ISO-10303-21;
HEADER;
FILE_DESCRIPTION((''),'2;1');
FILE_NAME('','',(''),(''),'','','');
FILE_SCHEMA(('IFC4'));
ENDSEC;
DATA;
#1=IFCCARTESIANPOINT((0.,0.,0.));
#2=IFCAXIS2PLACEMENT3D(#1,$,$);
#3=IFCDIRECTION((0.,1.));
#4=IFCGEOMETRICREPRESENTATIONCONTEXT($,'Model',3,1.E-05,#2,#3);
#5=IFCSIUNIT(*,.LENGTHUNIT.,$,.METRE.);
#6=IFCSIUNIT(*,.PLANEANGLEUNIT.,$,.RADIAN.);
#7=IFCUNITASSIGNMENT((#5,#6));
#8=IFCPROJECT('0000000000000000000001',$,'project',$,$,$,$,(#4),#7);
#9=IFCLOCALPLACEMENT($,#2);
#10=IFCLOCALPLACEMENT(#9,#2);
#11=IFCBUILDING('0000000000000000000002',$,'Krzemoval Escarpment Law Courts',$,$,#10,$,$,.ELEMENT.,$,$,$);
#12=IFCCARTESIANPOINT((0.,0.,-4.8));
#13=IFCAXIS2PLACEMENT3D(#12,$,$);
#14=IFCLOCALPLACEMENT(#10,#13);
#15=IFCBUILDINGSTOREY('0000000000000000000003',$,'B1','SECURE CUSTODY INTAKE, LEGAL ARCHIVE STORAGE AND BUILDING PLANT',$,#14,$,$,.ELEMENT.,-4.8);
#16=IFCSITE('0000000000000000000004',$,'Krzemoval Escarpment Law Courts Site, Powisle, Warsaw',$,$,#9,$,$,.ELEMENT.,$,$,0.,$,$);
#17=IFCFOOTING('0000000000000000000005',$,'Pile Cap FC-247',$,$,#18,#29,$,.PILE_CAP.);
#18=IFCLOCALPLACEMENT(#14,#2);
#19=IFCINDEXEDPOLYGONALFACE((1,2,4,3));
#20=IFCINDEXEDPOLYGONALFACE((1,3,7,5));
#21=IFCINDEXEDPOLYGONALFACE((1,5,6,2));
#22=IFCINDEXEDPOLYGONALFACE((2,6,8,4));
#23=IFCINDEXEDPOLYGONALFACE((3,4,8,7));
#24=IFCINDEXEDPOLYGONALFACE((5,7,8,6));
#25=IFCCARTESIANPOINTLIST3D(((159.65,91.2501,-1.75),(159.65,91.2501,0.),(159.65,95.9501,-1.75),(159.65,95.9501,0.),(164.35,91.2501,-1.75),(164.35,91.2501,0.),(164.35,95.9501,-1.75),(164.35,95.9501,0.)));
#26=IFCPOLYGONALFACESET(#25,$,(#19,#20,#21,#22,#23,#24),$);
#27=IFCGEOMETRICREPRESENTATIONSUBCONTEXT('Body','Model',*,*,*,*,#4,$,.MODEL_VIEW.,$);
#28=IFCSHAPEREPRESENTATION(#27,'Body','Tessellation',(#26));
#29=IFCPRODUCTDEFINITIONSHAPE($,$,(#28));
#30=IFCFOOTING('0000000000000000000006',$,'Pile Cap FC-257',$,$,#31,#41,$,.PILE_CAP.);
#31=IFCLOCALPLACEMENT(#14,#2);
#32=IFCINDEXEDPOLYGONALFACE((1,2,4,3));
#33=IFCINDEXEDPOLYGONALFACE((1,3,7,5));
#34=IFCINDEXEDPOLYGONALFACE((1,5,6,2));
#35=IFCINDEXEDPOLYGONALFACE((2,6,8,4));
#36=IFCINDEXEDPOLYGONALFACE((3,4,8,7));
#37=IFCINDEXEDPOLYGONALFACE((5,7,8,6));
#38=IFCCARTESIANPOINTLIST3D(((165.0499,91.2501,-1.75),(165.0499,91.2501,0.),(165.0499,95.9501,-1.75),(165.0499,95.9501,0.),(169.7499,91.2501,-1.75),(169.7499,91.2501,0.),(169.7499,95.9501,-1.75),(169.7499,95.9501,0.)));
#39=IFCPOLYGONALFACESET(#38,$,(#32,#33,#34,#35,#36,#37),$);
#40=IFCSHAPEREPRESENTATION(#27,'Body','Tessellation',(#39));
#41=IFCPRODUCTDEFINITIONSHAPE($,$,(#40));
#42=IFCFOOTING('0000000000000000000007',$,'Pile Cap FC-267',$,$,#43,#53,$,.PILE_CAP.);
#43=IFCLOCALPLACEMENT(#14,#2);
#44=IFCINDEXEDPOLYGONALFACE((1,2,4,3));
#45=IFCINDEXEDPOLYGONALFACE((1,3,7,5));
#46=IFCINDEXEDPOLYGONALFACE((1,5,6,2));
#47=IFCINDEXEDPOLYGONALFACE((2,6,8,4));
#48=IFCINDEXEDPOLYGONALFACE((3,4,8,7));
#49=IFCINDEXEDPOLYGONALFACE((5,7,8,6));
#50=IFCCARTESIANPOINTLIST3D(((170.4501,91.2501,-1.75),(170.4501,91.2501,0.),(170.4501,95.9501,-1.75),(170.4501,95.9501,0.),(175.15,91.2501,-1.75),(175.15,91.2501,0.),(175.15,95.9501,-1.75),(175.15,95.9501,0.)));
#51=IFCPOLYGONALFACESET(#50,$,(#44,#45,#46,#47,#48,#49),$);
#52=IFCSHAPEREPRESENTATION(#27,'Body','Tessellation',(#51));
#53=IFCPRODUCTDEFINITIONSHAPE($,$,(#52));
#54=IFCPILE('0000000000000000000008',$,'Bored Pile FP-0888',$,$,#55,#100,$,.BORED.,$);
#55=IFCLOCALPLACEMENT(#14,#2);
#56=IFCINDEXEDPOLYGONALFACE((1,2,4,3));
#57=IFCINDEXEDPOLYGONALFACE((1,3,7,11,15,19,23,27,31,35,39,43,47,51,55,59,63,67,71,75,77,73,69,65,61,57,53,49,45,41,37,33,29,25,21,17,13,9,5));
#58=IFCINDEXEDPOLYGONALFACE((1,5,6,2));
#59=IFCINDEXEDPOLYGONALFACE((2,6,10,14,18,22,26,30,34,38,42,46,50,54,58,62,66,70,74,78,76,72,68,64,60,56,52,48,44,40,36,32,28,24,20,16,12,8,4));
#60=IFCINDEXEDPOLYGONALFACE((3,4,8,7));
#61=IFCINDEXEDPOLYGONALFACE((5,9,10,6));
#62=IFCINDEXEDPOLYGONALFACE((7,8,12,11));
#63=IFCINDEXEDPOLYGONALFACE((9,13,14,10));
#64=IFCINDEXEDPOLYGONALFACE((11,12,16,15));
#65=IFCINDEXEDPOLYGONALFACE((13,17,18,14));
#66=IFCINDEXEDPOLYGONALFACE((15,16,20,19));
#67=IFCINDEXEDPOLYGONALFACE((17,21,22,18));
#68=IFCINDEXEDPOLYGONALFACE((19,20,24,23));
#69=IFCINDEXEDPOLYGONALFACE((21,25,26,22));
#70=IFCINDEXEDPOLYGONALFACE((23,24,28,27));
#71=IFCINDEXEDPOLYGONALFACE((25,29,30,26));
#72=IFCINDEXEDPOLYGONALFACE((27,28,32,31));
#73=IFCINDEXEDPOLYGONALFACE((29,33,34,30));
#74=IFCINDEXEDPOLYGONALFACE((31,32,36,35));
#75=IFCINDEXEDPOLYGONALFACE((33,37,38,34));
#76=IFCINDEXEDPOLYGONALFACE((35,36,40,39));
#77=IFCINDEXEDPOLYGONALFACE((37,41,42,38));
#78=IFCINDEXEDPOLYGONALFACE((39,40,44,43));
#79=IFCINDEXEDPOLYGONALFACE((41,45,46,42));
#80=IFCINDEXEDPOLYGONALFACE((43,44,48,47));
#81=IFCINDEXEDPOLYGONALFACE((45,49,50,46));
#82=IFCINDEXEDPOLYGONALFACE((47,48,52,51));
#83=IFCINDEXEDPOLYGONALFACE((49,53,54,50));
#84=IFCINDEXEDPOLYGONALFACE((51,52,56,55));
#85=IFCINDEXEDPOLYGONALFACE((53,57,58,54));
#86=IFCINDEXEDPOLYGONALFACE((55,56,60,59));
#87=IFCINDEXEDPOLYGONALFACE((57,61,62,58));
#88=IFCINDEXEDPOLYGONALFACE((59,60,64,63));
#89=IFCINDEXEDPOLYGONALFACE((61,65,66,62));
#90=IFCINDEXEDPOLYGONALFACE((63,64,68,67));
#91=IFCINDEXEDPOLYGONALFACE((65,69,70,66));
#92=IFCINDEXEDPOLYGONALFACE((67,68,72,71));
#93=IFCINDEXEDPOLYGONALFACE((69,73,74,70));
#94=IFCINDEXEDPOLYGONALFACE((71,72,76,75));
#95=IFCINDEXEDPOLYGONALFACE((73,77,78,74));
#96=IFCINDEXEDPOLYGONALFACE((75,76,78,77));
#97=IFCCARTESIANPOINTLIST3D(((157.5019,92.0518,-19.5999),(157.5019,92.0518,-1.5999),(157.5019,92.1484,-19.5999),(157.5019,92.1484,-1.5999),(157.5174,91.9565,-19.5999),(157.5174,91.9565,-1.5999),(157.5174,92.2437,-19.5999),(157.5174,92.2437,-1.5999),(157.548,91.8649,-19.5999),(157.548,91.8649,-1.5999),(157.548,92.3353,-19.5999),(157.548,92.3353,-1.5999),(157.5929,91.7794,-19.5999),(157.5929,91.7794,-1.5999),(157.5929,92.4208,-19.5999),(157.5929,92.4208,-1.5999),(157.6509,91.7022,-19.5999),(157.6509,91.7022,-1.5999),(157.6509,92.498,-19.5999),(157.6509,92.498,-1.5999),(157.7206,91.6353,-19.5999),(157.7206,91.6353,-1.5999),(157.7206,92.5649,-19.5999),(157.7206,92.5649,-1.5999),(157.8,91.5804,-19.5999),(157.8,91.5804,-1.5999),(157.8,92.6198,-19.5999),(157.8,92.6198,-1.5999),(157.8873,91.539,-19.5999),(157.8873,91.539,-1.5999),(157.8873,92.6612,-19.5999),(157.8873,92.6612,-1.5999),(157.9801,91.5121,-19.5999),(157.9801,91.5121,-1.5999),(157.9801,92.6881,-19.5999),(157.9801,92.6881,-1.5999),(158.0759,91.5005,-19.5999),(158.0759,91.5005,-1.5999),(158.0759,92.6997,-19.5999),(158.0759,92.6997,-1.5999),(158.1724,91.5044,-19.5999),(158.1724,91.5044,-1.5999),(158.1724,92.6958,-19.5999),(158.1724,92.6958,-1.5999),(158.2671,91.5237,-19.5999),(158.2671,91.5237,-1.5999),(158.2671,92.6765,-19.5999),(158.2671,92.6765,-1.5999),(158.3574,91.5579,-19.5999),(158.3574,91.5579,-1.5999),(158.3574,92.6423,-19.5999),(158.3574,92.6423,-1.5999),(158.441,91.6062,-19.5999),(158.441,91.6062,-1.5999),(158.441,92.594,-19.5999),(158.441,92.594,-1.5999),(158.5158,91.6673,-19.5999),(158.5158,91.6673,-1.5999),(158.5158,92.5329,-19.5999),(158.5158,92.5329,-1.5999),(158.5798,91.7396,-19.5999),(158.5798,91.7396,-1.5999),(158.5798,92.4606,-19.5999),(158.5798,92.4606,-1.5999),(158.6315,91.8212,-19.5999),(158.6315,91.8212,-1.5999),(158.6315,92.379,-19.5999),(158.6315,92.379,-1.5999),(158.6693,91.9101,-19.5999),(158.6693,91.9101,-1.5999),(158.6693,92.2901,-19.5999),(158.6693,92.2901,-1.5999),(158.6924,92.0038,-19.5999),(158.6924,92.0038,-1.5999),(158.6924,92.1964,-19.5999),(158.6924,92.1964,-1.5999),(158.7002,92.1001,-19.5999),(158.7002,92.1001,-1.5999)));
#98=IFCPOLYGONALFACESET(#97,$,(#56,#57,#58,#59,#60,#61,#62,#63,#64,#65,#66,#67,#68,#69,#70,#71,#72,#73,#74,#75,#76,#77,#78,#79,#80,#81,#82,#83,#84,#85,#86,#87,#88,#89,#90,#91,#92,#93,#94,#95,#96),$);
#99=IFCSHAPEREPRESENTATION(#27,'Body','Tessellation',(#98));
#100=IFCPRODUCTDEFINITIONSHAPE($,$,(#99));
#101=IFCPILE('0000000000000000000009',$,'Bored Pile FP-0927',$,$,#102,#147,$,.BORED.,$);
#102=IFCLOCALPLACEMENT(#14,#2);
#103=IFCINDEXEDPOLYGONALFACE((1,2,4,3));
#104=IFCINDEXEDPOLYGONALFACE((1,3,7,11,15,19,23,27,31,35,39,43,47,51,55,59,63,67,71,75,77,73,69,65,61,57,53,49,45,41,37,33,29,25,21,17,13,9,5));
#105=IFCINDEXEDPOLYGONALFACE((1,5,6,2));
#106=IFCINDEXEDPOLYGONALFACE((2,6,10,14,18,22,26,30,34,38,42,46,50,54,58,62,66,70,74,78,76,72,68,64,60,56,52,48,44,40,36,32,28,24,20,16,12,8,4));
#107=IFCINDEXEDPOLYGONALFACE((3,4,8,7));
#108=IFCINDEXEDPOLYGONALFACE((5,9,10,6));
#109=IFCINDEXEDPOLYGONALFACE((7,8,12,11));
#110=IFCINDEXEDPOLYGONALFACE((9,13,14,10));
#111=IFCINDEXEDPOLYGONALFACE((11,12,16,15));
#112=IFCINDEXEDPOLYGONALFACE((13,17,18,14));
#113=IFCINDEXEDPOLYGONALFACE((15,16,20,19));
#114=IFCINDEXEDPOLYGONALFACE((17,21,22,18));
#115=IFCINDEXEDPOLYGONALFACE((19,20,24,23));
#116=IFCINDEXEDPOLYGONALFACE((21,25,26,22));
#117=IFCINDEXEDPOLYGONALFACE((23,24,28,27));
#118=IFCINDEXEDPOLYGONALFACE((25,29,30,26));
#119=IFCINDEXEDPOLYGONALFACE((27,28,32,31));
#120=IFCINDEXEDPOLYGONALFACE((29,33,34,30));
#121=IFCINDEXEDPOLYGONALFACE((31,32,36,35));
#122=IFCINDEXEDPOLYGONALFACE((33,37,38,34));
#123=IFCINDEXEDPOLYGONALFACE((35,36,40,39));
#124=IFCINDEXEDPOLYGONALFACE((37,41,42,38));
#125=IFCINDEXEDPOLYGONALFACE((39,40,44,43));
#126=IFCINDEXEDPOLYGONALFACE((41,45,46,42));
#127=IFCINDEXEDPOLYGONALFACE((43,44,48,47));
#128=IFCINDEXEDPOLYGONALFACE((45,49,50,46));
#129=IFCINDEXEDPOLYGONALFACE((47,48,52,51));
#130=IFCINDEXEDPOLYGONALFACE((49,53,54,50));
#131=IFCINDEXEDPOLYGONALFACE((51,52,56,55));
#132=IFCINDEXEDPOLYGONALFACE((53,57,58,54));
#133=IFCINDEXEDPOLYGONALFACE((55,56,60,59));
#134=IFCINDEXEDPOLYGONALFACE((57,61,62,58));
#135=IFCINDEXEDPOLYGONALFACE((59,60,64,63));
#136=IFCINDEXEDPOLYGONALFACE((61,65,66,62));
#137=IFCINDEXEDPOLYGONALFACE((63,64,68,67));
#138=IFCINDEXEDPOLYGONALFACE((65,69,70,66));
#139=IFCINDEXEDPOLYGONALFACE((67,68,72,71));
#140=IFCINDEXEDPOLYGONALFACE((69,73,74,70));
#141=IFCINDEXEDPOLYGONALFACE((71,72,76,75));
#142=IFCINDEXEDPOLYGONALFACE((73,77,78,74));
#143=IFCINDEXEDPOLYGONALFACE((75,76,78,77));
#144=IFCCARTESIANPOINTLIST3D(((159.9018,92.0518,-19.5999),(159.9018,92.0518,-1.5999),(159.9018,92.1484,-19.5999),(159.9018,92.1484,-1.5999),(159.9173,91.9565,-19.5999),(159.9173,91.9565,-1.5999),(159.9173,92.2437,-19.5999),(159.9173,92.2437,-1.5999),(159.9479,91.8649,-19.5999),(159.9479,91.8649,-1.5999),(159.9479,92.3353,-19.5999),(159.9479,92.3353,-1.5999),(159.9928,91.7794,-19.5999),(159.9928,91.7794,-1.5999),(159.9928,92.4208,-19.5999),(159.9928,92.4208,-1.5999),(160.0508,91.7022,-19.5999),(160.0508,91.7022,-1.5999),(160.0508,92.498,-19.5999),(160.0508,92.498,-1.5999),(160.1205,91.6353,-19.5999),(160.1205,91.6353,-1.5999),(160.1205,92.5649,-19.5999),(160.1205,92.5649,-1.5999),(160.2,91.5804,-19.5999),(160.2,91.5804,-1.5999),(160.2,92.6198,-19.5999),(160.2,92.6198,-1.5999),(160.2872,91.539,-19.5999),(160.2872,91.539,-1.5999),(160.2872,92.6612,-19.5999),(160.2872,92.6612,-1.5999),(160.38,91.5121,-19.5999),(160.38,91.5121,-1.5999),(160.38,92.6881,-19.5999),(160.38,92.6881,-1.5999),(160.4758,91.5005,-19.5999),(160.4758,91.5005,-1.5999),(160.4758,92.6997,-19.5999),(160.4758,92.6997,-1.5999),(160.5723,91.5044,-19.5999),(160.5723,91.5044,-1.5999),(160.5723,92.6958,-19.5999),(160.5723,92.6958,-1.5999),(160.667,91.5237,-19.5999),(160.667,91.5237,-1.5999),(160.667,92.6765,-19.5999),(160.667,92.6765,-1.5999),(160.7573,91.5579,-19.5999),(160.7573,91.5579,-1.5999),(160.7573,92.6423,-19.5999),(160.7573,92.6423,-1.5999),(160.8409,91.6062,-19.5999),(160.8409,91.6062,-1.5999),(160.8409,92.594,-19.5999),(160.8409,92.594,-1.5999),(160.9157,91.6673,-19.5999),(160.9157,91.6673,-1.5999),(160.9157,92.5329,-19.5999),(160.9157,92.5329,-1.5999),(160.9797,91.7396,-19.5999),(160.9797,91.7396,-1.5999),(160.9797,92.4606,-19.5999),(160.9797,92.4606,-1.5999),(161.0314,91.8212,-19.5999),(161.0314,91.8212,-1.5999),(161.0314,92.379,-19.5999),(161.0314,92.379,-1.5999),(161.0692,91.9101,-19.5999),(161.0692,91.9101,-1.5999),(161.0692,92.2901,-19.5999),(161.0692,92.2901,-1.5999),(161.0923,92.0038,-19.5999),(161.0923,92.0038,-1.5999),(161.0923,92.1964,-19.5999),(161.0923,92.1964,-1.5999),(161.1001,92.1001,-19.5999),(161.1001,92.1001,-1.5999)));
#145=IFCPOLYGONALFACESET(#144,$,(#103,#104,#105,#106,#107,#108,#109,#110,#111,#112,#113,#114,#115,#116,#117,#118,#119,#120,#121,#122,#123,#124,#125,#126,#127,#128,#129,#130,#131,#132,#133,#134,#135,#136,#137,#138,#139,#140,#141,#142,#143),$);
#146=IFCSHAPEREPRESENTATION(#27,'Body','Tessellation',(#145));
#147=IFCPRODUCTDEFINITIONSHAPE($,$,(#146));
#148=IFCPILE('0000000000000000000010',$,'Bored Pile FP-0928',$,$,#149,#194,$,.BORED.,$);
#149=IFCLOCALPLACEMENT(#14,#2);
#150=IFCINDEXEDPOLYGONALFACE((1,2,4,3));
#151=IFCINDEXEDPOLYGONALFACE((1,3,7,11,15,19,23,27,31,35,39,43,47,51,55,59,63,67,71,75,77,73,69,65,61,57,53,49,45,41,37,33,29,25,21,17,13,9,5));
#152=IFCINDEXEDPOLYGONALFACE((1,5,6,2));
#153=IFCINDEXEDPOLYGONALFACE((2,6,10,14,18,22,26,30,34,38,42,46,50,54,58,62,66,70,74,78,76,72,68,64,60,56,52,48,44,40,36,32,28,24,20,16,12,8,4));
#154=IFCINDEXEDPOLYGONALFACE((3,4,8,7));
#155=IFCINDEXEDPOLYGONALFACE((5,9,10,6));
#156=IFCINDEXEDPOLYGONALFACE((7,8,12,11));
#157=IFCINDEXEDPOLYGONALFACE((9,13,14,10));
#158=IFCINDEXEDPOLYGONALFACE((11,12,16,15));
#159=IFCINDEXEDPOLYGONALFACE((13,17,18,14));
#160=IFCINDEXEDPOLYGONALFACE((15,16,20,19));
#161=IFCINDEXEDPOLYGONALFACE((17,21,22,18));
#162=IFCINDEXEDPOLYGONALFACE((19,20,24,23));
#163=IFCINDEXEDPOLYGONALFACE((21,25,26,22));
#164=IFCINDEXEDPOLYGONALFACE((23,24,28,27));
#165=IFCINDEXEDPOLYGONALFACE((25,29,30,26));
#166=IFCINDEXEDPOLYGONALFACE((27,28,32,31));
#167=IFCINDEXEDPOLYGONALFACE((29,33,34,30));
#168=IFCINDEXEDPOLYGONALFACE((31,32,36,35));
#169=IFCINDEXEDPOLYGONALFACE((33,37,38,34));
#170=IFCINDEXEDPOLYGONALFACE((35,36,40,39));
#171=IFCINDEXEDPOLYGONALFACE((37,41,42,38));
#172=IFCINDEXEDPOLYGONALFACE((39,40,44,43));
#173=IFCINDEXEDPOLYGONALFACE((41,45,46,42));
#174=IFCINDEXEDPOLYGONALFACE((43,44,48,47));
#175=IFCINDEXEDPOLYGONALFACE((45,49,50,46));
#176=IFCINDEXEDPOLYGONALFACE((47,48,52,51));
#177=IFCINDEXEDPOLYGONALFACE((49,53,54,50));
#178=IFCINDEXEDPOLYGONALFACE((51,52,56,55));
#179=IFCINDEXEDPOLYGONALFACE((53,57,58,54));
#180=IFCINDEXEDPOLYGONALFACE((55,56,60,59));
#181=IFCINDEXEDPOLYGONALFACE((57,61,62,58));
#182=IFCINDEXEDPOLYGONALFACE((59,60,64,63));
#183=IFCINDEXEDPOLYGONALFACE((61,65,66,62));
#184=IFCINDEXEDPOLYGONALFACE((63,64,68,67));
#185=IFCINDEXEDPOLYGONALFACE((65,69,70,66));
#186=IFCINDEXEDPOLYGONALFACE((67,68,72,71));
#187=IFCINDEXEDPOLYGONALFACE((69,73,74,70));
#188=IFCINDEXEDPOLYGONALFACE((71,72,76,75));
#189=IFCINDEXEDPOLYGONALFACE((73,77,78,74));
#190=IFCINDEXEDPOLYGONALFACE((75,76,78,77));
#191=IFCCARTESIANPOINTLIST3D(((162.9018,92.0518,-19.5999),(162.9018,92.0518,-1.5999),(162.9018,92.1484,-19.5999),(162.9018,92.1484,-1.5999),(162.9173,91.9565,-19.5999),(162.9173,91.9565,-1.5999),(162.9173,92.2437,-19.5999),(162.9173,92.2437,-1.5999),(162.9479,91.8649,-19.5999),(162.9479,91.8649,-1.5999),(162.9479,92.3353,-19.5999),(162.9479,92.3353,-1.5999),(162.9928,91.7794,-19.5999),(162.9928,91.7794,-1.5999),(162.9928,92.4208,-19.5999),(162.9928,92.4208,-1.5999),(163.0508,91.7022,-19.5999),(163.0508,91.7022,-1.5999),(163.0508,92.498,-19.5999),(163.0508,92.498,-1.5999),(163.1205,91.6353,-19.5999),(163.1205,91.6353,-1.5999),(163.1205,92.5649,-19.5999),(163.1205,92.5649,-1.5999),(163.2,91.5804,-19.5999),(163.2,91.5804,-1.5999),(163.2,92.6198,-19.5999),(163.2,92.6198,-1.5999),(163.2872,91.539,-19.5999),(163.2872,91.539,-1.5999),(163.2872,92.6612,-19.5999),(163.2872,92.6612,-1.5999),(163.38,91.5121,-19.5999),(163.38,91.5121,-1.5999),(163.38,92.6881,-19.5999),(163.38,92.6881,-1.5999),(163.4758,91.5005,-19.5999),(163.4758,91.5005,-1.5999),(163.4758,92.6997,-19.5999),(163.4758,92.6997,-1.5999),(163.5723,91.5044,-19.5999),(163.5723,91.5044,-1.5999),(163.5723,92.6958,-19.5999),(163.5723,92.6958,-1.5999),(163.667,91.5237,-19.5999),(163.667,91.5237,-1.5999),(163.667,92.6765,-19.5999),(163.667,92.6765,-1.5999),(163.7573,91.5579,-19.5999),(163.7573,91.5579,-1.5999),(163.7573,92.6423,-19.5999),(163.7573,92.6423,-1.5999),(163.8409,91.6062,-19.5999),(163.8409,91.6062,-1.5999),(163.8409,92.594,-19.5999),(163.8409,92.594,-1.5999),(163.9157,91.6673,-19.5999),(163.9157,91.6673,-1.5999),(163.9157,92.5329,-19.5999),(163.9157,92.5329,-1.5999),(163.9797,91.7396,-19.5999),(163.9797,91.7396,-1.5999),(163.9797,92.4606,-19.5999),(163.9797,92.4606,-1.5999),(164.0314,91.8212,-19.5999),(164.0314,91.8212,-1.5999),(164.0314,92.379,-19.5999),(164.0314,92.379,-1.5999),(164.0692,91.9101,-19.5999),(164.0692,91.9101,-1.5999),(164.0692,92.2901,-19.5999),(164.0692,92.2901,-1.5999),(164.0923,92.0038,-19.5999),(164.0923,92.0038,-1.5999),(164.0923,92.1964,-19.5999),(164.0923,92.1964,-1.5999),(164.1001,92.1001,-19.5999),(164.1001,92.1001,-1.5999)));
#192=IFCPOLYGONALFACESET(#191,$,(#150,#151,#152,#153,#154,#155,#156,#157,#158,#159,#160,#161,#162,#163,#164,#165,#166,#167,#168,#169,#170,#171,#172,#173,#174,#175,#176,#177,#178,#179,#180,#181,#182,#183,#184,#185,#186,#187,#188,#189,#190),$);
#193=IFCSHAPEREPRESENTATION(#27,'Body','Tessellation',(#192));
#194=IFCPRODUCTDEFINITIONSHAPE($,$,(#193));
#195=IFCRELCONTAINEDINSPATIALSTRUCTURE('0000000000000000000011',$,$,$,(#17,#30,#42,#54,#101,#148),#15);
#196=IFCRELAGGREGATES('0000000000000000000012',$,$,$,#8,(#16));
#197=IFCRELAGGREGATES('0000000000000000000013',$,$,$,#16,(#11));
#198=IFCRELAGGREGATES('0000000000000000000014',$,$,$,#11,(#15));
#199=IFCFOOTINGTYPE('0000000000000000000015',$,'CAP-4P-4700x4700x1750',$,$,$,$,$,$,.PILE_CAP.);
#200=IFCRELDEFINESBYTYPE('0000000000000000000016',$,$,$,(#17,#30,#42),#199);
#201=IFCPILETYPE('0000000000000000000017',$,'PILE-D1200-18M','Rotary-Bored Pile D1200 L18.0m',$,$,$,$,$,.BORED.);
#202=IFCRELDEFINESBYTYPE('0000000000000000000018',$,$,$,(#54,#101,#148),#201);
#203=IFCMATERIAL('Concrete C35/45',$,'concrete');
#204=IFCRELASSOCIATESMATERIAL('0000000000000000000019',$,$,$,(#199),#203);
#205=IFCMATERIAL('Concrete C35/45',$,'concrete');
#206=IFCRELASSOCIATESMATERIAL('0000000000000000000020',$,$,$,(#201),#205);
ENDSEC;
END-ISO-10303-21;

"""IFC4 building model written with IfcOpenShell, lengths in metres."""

from ifc_helpers import new_model, si_unit, direction, frame, origin, origin_2d, place, context, subcontext, project, spatial, rectangle, circle, extrude, material, material_profile, profile_set, type_object, element, save


model = new_model("IFC4")

# Units and contexts
model_context = context("Model", 3, precision=1e-05, world=origin(), true_north=direction((0.0, 1.0)))
body_context = subcontext(model_context, "Body", "Model", "MODEL_VIEW")
ifc_project = project(units=[si_unit("LENGTHUNIT", "METRE"), si_unit("PLANEANGLEUNIT", "RADIAN")], contexts=[model_context])

# Site, building, storey
site_placement = place(None, origin())
site = spatial("IfcSite", under=ifc_project, at=site_placement, Name="Krzemoval Escarpment Law Courts Site, Powisle, Warsaw", CompositionType="ELEMENT", RefElevation=0.0)
building_placement = place(site_placement, origin())
building = spatial("IfcBuilding", under=site, at=building_placement, Name="Krzemoval Escarpment Law Courts", CompositionType="ELEMENT")
storey_placement = place(building_placement, frame((0.0, 0.0, -4.8)))
storey = spatial("IfcBuildingStorey", under=building, at=storey_placement, Name="B1", Description="SECURE CUSTODY INTAKE, LEGAL ARCHIVE STORAGE AND BUILDING PLANT", CompositionType="ELEMENT", Elevation=-4.8)

# Footings
ifc_material_1 = material(Name="Concrete C35/45", Category="concrete")
footing_type = type_object("IfcFootingType", Name="CAP-4P-4700x4700x1750", PredefinedType="PILE_CAP", material=ifc_material_1)
for number, where, z_axis, x_axis, name in (
    (1, (162.0, 93.6001, -1.75), (0.0, 0.0, 1.0), (1.0, 0.0, 0.0), "Pile Cap FC-247"),
    (2, (167.3999, 93.6001, -1.75), (0.0, 0.0, 1.0), (1.0, 0.0, 0.0), "Pile Cap FC-257"),
    (3, (172.8, 93.6001, -1.75), (0.0, 0.0, 1.0), (1.0, 0.0, 0.0), "Pile Cap FC-267"),
):
    element("IfcFooting", number, at=place(storey_placement, frame(where, z_axis=z_axis, x_axis=x_axis)), inside=storey, type_object=footing_type, Name=name, PredefinedType="PILE_CAP", context=body_context, shape_type="SweptSolid", body=[
        extrude(rectangle(XDim=4.7, YDim=4.7, at=origin_2d()), origin(), (0.0, 0.0, 1.0), 1.75),
    ])

# Piles
ifc_material_2 = material(Name="Concrete C35/45", Category="concrete")
ifc_material_profile_1 = material_profile(ifc_material_2, circle(Radius=0.6001, at=origin_2d()), Name="PILE D1200")
ifc_profile_set_1 = profile_set([ifc_material_profile_1], Name="Concrete C35/45")
pile_type_1 = type_object("IfcPileType", Name="PILE-D1200-18M", Description="Rotary-Bored Pile D1200 L18.0m", PredefinedType="BORED", material=ifc_profile_set_1)
for number, where, z_axis, x_axis, name in (
    (4, (158.1001, 92.1001, -1.5999), (0.0, 0.0, -1.0), (1.0, 0.0, 0.0), "Bored Pile FP-0888"),
    (5, (160.5, 92.1001, -1.5999), (0.0, 0.0, -1.0), (1.0, 0.0, 0.0), "Bored Pile FP-0927"),
    (6, (163.5, 92.1001, -1.5999), (0.0, 0.0, -1.0), (1.0, 0.0, 0.0), "Bored Pile FP-0928"),
):
    element("IfcPile", number, at=place(storey_placement, frame(where, z_axis=z_axis, x_axis=x_axis)), inside=storey, type_object=pile_type_1, Name=name, PredefinedType="BORED", context=body_context, shape_type="SweptSolid", body=[
        extrude(circle(Radius=0.6001, at=origin_2d()), origin(), (0.0, 0.0, 1.0), 18.0),
    ])

save(model, "model.ifc")
